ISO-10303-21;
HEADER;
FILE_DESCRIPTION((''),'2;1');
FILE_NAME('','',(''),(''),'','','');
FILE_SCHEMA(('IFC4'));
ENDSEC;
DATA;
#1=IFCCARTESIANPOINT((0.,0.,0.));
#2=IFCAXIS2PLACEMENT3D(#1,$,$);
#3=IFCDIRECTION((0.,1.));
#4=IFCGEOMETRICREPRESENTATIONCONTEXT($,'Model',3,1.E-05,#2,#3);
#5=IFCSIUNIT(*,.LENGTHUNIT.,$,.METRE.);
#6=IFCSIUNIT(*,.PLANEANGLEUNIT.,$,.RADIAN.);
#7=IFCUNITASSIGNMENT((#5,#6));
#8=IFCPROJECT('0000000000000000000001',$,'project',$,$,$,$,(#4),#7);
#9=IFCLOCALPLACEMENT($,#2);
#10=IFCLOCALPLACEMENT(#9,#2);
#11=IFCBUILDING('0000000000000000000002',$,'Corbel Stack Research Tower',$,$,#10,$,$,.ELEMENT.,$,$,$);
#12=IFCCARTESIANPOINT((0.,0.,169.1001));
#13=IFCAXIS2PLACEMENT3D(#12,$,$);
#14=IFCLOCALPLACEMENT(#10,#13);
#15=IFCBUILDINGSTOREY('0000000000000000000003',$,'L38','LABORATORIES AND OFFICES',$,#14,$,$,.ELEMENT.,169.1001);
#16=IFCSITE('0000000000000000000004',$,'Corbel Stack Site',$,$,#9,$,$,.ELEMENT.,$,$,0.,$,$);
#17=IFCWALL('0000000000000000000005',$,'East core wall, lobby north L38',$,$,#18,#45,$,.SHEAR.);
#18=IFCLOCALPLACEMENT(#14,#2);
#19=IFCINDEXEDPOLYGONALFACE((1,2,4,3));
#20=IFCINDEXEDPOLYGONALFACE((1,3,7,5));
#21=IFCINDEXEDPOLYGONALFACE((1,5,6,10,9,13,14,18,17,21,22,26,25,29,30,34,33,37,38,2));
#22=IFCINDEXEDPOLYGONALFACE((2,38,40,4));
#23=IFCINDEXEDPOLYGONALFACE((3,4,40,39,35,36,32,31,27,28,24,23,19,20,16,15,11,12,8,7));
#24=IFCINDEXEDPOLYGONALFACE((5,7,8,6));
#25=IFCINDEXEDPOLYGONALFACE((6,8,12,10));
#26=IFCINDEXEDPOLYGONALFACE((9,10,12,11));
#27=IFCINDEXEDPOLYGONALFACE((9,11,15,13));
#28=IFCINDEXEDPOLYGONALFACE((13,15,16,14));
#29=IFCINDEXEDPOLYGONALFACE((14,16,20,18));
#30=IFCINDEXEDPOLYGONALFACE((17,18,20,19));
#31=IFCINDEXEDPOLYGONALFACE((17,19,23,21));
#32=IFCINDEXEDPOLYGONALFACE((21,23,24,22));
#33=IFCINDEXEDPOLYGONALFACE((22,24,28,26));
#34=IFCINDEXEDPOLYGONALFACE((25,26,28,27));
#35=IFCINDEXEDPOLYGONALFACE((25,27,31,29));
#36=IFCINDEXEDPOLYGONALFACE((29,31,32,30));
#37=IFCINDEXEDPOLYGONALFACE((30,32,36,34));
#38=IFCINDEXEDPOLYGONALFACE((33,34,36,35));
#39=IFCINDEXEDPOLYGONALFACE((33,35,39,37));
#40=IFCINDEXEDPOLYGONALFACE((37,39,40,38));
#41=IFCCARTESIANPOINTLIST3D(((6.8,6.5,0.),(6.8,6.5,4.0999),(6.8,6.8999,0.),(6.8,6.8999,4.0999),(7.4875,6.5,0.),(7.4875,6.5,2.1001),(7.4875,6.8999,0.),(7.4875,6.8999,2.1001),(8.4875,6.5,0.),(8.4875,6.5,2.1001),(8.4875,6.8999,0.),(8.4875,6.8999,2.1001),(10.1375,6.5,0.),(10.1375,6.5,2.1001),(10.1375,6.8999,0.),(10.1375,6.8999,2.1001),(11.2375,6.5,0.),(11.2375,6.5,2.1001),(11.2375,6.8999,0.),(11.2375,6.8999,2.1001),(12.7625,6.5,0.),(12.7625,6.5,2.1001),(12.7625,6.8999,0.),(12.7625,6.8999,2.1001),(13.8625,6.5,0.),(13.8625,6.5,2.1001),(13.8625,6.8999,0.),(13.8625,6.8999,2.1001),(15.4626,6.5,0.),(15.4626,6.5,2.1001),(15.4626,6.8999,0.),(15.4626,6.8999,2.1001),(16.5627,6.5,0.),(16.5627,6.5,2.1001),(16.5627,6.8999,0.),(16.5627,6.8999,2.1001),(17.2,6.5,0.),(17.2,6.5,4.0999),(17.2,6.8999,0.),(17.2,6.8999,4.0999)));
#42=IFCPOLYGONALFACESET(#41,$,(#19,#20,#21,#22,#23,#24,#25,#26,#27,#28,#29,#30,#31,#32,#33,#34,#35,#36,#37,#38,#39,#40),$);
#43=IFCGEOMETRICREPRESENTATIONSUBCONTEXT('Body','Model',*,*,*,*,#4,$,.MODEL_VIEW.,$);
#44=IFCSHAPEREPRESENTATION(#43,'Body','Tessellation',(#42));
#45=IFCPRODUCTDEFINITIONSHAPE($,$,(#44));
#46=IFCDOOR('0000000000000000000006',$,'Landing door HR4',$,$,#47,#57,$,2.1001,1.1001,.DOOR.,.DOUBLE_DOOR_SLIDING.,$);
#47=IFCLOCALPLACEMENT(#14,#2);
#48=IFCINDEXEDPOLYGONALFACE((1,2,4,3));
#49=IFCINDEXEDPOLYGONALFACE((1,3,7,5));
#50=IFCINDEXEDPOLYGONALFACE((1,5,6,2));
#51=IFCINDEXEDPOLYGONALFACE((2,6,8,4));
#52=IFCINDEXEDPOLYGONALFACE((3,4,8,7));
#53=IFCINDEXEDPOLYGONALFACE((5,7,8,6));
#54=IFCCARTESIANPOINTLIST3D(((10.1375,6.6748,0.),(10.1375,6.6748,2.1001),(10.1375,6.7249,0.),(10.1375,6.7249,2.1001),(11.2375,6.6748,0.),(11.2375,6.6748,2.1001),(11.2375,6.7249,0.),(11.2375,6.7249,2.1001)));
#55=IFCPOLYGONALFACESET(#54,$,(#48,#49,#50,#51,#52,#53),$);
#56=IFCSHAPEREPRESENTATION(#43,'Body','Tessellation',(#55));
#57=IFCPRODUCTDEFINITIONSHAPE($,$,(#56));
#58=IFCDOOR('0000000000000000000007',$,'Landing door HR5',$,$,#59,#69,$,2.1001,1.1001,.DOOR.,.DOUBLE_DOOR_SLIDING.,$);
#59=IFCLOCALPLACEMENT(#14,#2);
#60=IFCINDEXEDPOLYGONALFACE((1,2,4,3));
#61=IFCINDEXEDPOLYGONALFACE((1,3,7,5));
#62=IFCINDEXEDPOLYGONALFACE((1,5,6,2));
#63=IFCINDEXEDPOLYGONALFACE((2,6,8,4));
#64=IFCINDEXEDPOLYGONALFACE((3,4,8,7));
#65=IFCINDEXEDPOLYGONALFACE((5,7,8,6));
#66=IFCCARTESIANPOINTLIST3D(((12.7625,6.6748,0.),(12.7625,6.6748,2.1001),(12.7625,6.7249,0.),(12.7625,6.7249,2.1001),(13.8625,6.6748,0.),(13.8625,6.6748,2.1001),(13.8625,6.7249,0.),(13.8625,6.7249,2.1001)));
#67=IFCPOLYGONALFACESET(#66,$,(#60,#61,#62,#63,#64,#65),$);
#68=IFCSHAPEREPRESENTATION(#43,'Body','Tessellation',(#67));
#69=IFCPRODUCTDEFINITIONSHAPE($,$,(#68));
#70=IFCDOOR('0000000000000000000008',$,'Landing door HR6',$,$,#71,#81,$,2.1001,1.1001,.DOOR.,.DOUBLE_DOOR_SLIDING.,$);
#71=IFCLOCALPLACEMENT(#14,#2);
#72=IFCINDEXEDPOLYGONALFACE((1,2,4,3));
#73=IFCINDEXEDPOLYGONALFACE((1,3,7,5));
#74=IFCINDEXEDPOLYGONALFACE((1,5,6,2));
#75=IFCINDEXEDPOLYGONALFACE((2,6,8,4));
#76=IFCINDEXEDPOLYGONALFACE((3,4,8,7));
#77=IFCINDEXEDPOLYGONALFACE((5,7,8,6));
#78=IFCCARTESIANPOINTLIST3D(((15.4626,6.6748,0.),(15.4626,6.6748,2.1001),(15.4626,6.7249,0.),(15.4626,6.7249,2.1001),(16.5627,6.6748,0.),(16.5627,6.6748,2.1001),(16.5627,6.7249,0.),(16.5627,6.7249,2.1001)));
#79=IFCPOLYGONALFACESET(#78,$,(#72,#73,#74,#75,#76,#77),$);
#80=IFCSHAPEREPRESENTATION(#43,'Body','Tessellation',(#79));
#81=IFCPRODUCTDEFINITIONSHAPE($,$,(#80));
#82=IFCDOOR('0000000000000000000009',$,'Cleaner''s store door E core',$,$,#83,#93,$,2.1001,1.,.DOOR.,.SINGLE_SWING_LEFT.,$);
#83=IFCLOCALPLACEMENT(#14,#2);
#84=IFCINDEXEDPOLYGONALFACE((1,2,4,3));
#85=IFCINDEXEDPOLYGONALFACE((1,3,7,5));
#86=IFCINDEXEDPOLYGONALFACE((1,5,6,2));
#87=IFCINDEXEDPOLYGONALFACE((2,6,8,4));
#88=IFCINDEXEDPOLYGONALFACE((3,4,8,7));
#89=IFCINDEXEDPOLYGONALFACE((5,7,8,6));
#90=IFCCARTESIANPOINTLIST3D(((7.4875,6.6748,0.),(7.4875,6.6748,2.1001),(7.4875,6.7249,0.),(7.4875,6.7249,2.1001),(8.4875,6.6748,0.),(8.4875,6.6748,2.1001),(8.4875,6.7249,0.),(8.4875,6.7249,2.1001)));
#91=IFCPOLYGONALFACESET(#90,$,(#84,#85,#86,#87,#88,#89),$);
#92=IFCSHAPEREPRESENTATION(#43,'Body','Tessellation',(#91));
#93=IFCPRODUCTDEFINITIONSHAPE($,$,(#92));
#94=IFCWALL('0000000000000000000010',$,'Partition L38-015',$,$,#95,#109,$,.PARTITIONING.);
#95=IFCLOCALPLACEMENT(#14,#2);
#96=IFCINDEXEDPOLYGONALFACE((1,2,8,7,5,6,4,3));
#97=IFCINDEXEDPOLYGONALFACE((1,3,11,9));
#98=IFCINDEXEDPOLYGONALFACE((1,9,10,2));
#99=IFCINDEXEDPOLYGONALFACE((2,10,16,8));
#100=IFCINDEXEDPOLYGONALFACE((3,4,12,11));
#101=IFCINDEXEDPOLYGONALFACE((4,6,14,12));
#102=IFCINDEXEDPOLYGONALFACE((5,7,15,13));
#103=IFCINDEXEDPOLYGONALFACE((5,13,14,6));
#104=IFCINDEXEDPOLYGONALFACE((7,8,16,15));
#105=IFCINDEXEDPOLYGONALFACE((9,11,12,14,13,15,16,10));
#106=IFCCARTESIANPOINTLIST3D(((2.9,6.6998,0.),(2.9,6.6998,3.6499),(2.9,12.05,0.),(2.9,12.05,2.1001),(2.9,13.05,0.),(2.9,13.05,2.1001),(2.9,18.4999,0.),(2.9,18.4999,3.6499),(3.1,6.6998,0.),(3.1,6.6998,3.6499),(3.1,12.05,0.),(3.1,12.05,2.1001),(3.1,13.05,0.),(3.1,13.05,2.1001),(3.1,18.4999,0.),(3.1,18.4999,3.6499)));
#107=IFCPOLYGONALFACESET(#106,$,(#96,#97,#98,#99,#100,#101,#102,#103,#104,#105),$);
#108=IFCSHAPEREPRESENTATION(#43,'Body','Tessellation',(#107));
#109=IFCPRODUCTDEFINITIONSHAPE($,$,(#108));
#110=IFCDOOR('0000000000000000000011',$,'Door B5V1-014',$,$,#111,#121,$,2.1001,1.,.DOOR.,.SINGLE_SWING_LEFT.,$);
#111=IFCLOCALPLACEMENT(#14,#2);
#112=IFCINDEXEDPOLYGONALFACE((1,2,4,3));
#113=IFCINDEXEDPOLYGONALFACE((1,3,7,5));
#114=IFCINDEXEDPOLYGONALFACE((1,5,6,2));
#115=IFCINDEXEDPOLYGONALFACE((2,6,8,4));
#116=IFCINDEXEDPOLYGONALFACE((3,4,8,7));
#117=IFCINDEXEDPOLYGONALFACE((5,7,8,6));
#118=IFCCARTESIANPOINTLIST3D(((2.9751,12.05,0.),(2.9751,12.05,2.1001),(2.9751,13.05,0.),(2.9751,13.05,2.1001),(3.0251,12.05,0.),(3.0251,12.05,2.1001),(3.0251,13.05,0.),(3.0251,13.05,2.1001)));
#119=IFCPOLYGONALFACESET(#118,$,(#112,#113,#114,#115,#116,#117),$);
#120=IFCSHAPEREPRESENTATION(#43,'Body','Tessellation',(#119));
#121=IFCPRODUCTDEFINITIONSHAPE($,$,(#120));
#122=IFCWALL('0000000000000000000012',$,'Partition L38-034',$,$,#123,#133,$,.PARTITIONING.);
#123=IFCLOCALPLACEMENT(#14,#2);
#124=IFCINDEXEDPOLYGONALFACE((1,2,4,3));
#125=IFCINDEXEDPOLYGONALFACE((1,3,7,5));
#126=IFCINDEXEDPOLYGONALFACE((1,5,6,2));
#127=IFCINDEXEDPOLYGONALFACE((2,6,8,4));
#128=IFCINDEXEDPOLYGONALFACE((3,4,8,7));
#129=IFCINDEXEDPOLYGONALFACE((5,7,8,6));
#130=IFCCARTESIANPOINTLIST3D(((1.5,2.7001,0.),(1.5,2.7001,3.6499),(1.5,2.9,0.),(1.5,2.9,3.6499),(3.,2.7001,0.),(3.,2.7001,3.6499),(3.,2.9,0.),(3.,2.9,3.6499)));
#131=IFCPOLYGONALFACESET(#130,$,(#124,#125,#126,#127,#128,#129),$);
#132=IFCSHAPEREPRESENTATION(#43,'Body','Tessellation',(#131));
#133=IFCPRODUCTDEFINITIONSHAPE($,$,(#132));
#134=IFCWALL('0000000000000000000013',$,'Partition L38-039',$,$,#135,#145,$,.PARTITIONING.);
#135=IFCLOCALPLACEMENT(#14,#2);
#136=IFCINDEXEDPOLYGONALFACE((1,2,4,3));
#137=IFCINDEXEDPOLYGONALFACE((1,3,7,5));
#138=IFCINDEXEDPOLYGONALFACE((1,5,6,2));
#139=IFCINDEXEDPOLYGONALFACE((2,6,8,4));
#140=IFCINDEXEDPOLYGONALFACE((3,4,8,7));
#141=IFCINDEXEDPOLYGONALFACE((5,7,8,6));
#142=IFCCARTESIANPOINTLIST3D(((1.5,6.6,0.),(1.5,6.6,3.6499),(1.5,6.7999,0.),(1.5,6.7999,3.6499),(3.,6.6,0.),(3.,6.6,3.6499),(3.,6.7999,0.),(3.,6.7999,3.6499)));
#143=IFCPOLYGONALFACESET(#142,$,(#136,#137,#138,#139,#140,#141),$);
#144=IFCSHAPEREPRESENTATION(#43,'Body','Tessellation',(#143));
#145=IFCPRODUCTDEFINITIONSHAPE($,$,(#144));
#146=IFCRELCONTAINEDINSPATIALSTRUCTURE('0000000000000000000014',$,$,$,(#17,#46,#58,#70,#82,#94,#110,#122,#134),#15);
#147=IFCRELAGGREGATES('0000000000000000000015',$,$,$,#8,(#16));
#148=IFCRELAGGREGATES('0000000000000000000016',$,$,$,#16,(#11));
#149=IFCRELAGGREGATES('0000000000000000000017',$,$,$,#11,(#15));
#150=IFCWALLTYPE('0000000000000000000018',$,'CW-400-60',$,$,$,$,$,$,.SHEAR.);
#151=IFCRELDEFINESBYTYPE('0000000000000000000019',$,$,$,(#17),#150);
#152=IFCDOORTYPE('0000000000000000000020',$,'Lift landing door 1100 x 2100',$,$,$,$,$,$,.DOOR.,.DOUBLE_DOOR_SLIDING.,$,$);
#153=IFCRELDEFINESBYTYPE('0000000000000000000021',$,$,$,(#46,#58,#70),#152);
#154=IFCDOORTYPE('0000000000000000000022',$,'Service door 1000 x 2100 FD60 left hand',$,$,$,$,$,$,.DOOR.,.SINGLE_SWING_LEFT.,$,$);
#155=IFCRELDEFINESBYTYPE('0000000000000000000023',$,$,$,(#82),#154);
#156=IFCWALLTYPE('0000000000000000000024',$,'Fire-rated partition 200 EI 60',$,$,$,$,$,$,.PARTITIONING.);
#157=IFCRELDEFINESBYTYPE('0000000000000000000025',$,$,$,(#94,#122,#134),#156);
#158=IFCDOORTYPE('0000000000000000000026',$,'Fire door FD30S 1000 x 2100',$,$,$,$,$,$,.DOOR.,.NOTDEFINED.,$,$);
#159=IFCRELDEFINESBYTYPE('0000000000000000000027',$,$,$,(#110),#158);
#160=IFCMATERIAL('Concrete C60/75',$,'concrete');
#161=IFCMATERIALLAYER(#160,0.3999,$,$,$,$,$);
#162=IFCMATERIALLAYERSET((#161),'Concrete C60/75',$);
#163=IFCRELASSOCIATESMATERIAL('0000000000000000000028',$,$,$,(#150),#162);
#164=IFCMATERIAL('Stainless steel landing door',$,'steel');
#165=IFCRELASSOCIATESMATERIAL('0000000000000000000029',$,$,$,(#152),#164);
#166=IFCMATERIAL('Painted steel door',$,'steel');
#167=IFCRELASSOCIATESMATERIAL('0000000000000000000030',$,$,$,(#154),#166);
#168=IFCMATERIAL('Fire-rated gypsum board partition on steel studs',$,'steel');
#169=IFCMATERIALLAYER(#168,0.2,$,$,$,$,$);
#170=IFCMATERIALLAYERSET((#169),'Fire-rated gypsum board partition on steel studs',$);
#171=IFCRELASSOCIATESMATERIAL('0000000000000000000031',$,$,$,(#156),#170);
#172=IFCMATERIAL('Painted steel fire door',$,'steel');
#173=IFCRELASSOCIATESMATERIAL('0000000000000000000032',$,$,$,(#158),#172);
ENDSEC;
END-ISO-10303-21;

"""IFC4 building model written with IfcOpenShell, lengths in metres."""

from ifc_helpers import new_model, si_unit, direction, frame, frame_2d, origin, place, context, subcontext, project, spatial, rectangle, extrude, material, layer, layer_set, type_object, element, fill, save


model = new_model("IFC4")

# Units and contexts
model_context = context("Model", 3, precision=1e-05, world=origin(), true_north=direction((0.0, 1.0)))
body_context = subcontext(model_context, "Body", "Model", "MODEL_VIEW")
ifc_project = project(units=[si_unit("LENGTHUNIT", "METRE"), si_unit("PLANEANGLEUNIT", "RADIAN")], contexts=[model_context])

# Site, building, storey
site_placement = place(None, origin())
site = spatial("IfcSite", under=ifc_project, at=site_placement, Name="Corbel Stack Site", CompositionType="ELEMENT", RefElevation=0.0)
building_placement = place(site_placement, origin())
building = spatial("IfcBuilding", under=site, at=building_placement, Name="Corbel Stack Research Tower", CompositionType="ELEMENT")
storey_placement = place(building_placement, frame((0.0, 0.0, 169.1001)))
storey = spatial("IfcBuildingStorey", under=building, at=storey_placement, Name="L38", Description="LABORATORIES AND OFFICES", CompositionType="ELEMENT", Elevation=169.1001)

# Wall, openings, doors
ifc_material_1 = material(Name="Concrete C60/75", Category="concrete")
ifc_layer_1 = layer(ifc_material_1, 0.3999)
ifc_layer_set_1 = layer_set([ifc_layer_1], Name="Concrete C60/75")
wall_type_1 = type_object("IfcWallType", Name="CW-400-60", PredefinedType="SHEAR", material=ifc_layer_set_1)
ifc_material_2 = material(Name="Stainless steel landing door", Category="steel")
door_type_1 = type_object("IfcDoorType", Name="Lift landing door 1100 x 2100", OperationType="DOUBLE_DOOR_SLIDING", PredefinedType="DOOR", material=ifc_material_2)
ifc_material_3 = material(Name="Painted steel door", Category="steel")
door_type_2 = type_object("IfcDoorType", Name="Service door 1000 x 2100 FD60 left hand", OperationType="SINGLE_SWING_LEFT", PredefinedType="DOOR", material=ifc_material_3)
wall_1_placement = place(storey_placement, frame((6.8, 6.7, 0.0), z_axis=(0.0, 0.0, 1.0), x_axis=(1.0, 0.0, 0.0)))
wall_1 = element("IfcWall", 1, at=wall_1_placement, inside=storey, type_object=wall_type_1, Name="East core wall, lobby north L38", PredefinedType="SHEAR", context=body_context, shape_type="SweptSolid", body=[
    extrude(rectangle(XDim=10.3999, YDim=0.3999, at=frame_2d((5.2, 0.0))), origin(), (0.0, 0.0, 1.0), 4.0999),
])
opening_1_placement = place(wall_1_placement, frame((3.3374, 0.0, 0.0)))
opening_1 = element("IfcOpeningElement", 2, at=opening_1_placement, cuts=wall_1, PredefinedType="OPENING", context=body_context, shape_type="SweptSolid", body=[
    extrude(rectangle(XDim=1.1001, YDim=2.1001, at=frame_2d((0.55, 1.05))), frame((0.0, 0.21, 0.0), z_axis=(0.0, -1.0, 0.0), x_axis=(1.0, 0.0, 0.0)), (0.0, 0.0, 1.0), 0.4199),
])
opening_2_placement = place(wall_1_placement, frame((5.9624, 0.0, 0.0)))
opening_2 = element("IfcOpeningElement", 3, at=opening_2_placement, cuts=wall_1, PredefinedType="OPENING", context=body_context, shape_type="SweptSolid", body=[
    extrude(rectangle(XDim=1.1001, YDim=2.1001, at=frame_2d((0.55, 1.05))), frame((0.0, 0.21, 0.0), z_axis=(0.0, -1.0, 0.0), x_axis=(1.0, 0.0, 0.0)), (0.0, 0.0, 1.0), 0.4199),
])
opening_3_placement = place(wall_1_placement, frame((8.6626, 0.0, 0.0)))
opening_3 = element("IfcOpeningElement", 4, at=opening_3_placement, cuts=wall_1, PredefinedType="OPENING", context=body_context, shape_type="SweptSolid", body=[
    extrude(rectangle(XDim=1.1001, YDim=2.1001, at=frame_2d((0.55, 1.05))), frame((0.0, 0.21, 0.0), z_axis=(0.0, -1.0, 0.0), x_axis=(1.0, 0.0, 0.0)), (0.0, 0.0, 1.0), 0.4199),
])
opening_4_placement = place(wall_1_placement, frame((0.6875, 0.0, 0.0)))
opening_4 = element("IfcOpeningElement", 5, at=opening_4_placement, cuts=wall_1, PredefinedType="OPENING", context=body_context, shape_type="SweptSolid", body=[
    extrude(rectangle(XDim=1.0, YDim=2.1001, at=frame_2d((0.5, 1.05))), frame((0.0, 0.21, 0.0), z_axis=(0.0, -1.0, 0.0), x_axis=(1.0, 0.0, 0.0)), (0.0, 0.0, 1.0), 0.4199),
])
door_1_placement = place(opening_1_placement, origin())
door_1 = element("IfcDoor", 6, at=door_1_placement, inside=storey, type_object=door_type_1, Name="Landing door HR4", OperationType="DOUBLE_DOOR_SLIDING", OverallHeight=2.1001, OverallWidth=1.1001, PredefinedType="DOOR", context=body_context, shape_type="SweptSolid", body=[
    extrude(rectangle(XDim=1.1001, YDim=2.1001, at=frame_2d((0.55, 1.05))), frame((0.0, 0.0249, 0.0), z_axis=(0.0, -1.0, 0.0), x_axis=(1.0, 0.0, 0.0)), (0.0, 0.0, 1.0), 0.05),
])
fill(opening_1, door_1)
door_2_placement = place(opening_2_placement, origin())
door_2 = element("IfcDoor", 7, at=door_2_placement, inside=storey, type_object=door_type_1, Name="Landing door HR5", OperationType="DOUBLE_DOOR_SLIDING", OverallHeight=2.1001, OverallWidth=1.1001, PredefinedType="DOOR", context=body_context, shape_type="SweptSolid", body=[
    extrude(rectangle(XDim=1.1001, YDim=2.1001, at=frame_2d((0.55, 1.05))), frame((0.0, 0.0249, 0.0), z_axis=(0.0, -1.0, 0.0), x_axis=(1.0, 0.0, 0.0)), (0.0, 0.0, 1.0), 0.05),
])
fill(opening_2, door_2)
door_3_placement = place(opening_3_placement, origin())
door_3 = element("IfcDoor", 8, at=door_3_placement, inside=storey, type_object=door_type_1, Name="Landing door HR6", OperationType="DOUBLE_DOOR_SLIDING", OverallHeight=2.1001, OverallWidth=1.1001, PredefinedType="DOOR", context=body_context, shape_type="SweptSolid", body=[
    extrude(rectangle(XDim=1.1001, YDim=2.1001, at=frame_2d((0.55, 1.05))), frame((0.0, 0.0249, 0.0), z_axis=(0.0, -1.0, 0.0), x_axis=(1.0, 0.0, 0.0)), (0.0, 0.0, 1.0), 0.05),
])
fill(opening_3, door_3)
door_4_placement = place(opening_4_placement, origin())
door_4 = element("IfcDoor", 9, at=door_4_placement, inside=storey, type_object=door_type_2, Name="Cleaner's store door E core", OperationType="SINGLE_SWING_LEFT", OverallHeight=2.1001, OverallWidth=1.0, PredefinedType="DOOR", context=body_context, shape_type="SweptSolid", body=[
    extrude(rectangle(XDim=1.0, YDim=2.1001, at=frame_2d((0.5, 1.05))), frame((0.0, 0.0249, 0.0), z_axis=(0.0, -1.0, 0.0), x_axis=(1.0, 0.0, 0.0)), (0.0, 0.0, 1.0), 0.05),
])
fill(opening_4, door_4)

# Wall, opening, door
ifc_material_4 = material(Name="Fire-rated gypsum board partition on steel studs", Category="steel")
ifc_layer_2 = layer(ifc_material_4, 0.2)
ifc_layer_set_2 = layer_set([ifc_layer_2], Name="Fire-rated gypsum board partition on steel studs")
wall_type_2 = type_object("IfcWallType", Name="Fire-rated partition 200 EI 60", PredefinedType="PARTITIONING", material=ifc_layer_set_2)
wall_2_placement = place(storey_placement, frame((3.0, 6.7, 0.0), z_axis=(0.0, 0.0, 1.0), x_axis=(0.0, 1.0, 0.0)))
wall_2 = element("IfcWall", 10, at=wall_2_placement, inside=storey, type_object=wall_type_2, Name="Partition L38-015", PredefinedType="PARTITIONING", context=body_context, shape_type="SweptSolid", body=[
    extrude(rectangle(XDim=11.8, YDim=0.2, at=frame_2d((5.8999, 0.0))), origin(), (0.0, 0.0, 1.0), 3.6499),
])
opening_5_placement = place(wall_2_placement, frame((5.3501, 0.0, 0.0)))
opening_5 = element("IfcOpeningElement", 11, at=opening_5_placement, cuts=wall_2, PredefinedType="OPENING", context=body_context, shape_type="SweptSolid", body=[
    extrude(rectangle(XDim=1.0, YDim=2.1001, at=frame_2d((0.5, 1.05))), frame((0.0, 0.1099, 0.0), z_axis=(0.0, -1.0, 0.0), x_axis=(1.0, 0.0, 0.0)), (0.0, 0.0, 1.0), 0.22),
])
ifc_material_5 = material(Name="Painted steel fire door", Category="steel")
door_type_3 = type_object("IfcDoorType", Name="Fire door FD30S 1000 x 2100", OperationType="NOTDEFINED", PredefinedType="DOOR", material=ifc_material_5)
door_5_placement = place(opening_5_placement, origin())
door_5 = element("IfcDoor", 12, at=door_5_placement, inside=storey, type_object=door_type_3, Name="Door B5V1-014", OperationType="SINGLE_SWING_LEFT", OverallHeight=2.1001, OverallWidth=1.0, PredefinedType="DOOR", context=body_context, shape_type="SweptSolid", body=[
    extrude(rectangle(XDim=1.0, YDim=2.1001, at=frame_2d((0.5, 1.05))), frame((0.0, 0.0249, 0.0), z_axis=(0.0, -1.0, 0.0), x_axis=(1.0, 0.0, 0.0)), (0.0, 0.0, 1.0), 0.05),
])
fill(opening_5, door_5)

# Walls
for number, where, z_axis, x_axis, name in (
    (13, (1.5, 2.8, 0.0), (0.0, 0.0, 1.0), (1.0, 0.0, 0.0), "Partition L38-034"),
    (14, (1.5, 6.7, 0.0), (0.0, 0.0, 1.0), (1.0, 0.0, 0.0), "Partition L38-039"),
):
    element("IfcWall", number, at=place(storey_placement, frame(where, z_axis=z_axis, x_axis=x_axis)), inside=storey, type_object=wall_type_2, Name=name, PredefinedType="PARTITIONING", context=body_context, shape_type="SweptSolid", body=[
        extrude(rectangle(XDim=1.5, YDim=0.2, at=frame_2d((0.75, 0.0))), origin(), (0.0, 0.0, 1.0), 3.6499),
    ])

save(model, "model.ifc")
